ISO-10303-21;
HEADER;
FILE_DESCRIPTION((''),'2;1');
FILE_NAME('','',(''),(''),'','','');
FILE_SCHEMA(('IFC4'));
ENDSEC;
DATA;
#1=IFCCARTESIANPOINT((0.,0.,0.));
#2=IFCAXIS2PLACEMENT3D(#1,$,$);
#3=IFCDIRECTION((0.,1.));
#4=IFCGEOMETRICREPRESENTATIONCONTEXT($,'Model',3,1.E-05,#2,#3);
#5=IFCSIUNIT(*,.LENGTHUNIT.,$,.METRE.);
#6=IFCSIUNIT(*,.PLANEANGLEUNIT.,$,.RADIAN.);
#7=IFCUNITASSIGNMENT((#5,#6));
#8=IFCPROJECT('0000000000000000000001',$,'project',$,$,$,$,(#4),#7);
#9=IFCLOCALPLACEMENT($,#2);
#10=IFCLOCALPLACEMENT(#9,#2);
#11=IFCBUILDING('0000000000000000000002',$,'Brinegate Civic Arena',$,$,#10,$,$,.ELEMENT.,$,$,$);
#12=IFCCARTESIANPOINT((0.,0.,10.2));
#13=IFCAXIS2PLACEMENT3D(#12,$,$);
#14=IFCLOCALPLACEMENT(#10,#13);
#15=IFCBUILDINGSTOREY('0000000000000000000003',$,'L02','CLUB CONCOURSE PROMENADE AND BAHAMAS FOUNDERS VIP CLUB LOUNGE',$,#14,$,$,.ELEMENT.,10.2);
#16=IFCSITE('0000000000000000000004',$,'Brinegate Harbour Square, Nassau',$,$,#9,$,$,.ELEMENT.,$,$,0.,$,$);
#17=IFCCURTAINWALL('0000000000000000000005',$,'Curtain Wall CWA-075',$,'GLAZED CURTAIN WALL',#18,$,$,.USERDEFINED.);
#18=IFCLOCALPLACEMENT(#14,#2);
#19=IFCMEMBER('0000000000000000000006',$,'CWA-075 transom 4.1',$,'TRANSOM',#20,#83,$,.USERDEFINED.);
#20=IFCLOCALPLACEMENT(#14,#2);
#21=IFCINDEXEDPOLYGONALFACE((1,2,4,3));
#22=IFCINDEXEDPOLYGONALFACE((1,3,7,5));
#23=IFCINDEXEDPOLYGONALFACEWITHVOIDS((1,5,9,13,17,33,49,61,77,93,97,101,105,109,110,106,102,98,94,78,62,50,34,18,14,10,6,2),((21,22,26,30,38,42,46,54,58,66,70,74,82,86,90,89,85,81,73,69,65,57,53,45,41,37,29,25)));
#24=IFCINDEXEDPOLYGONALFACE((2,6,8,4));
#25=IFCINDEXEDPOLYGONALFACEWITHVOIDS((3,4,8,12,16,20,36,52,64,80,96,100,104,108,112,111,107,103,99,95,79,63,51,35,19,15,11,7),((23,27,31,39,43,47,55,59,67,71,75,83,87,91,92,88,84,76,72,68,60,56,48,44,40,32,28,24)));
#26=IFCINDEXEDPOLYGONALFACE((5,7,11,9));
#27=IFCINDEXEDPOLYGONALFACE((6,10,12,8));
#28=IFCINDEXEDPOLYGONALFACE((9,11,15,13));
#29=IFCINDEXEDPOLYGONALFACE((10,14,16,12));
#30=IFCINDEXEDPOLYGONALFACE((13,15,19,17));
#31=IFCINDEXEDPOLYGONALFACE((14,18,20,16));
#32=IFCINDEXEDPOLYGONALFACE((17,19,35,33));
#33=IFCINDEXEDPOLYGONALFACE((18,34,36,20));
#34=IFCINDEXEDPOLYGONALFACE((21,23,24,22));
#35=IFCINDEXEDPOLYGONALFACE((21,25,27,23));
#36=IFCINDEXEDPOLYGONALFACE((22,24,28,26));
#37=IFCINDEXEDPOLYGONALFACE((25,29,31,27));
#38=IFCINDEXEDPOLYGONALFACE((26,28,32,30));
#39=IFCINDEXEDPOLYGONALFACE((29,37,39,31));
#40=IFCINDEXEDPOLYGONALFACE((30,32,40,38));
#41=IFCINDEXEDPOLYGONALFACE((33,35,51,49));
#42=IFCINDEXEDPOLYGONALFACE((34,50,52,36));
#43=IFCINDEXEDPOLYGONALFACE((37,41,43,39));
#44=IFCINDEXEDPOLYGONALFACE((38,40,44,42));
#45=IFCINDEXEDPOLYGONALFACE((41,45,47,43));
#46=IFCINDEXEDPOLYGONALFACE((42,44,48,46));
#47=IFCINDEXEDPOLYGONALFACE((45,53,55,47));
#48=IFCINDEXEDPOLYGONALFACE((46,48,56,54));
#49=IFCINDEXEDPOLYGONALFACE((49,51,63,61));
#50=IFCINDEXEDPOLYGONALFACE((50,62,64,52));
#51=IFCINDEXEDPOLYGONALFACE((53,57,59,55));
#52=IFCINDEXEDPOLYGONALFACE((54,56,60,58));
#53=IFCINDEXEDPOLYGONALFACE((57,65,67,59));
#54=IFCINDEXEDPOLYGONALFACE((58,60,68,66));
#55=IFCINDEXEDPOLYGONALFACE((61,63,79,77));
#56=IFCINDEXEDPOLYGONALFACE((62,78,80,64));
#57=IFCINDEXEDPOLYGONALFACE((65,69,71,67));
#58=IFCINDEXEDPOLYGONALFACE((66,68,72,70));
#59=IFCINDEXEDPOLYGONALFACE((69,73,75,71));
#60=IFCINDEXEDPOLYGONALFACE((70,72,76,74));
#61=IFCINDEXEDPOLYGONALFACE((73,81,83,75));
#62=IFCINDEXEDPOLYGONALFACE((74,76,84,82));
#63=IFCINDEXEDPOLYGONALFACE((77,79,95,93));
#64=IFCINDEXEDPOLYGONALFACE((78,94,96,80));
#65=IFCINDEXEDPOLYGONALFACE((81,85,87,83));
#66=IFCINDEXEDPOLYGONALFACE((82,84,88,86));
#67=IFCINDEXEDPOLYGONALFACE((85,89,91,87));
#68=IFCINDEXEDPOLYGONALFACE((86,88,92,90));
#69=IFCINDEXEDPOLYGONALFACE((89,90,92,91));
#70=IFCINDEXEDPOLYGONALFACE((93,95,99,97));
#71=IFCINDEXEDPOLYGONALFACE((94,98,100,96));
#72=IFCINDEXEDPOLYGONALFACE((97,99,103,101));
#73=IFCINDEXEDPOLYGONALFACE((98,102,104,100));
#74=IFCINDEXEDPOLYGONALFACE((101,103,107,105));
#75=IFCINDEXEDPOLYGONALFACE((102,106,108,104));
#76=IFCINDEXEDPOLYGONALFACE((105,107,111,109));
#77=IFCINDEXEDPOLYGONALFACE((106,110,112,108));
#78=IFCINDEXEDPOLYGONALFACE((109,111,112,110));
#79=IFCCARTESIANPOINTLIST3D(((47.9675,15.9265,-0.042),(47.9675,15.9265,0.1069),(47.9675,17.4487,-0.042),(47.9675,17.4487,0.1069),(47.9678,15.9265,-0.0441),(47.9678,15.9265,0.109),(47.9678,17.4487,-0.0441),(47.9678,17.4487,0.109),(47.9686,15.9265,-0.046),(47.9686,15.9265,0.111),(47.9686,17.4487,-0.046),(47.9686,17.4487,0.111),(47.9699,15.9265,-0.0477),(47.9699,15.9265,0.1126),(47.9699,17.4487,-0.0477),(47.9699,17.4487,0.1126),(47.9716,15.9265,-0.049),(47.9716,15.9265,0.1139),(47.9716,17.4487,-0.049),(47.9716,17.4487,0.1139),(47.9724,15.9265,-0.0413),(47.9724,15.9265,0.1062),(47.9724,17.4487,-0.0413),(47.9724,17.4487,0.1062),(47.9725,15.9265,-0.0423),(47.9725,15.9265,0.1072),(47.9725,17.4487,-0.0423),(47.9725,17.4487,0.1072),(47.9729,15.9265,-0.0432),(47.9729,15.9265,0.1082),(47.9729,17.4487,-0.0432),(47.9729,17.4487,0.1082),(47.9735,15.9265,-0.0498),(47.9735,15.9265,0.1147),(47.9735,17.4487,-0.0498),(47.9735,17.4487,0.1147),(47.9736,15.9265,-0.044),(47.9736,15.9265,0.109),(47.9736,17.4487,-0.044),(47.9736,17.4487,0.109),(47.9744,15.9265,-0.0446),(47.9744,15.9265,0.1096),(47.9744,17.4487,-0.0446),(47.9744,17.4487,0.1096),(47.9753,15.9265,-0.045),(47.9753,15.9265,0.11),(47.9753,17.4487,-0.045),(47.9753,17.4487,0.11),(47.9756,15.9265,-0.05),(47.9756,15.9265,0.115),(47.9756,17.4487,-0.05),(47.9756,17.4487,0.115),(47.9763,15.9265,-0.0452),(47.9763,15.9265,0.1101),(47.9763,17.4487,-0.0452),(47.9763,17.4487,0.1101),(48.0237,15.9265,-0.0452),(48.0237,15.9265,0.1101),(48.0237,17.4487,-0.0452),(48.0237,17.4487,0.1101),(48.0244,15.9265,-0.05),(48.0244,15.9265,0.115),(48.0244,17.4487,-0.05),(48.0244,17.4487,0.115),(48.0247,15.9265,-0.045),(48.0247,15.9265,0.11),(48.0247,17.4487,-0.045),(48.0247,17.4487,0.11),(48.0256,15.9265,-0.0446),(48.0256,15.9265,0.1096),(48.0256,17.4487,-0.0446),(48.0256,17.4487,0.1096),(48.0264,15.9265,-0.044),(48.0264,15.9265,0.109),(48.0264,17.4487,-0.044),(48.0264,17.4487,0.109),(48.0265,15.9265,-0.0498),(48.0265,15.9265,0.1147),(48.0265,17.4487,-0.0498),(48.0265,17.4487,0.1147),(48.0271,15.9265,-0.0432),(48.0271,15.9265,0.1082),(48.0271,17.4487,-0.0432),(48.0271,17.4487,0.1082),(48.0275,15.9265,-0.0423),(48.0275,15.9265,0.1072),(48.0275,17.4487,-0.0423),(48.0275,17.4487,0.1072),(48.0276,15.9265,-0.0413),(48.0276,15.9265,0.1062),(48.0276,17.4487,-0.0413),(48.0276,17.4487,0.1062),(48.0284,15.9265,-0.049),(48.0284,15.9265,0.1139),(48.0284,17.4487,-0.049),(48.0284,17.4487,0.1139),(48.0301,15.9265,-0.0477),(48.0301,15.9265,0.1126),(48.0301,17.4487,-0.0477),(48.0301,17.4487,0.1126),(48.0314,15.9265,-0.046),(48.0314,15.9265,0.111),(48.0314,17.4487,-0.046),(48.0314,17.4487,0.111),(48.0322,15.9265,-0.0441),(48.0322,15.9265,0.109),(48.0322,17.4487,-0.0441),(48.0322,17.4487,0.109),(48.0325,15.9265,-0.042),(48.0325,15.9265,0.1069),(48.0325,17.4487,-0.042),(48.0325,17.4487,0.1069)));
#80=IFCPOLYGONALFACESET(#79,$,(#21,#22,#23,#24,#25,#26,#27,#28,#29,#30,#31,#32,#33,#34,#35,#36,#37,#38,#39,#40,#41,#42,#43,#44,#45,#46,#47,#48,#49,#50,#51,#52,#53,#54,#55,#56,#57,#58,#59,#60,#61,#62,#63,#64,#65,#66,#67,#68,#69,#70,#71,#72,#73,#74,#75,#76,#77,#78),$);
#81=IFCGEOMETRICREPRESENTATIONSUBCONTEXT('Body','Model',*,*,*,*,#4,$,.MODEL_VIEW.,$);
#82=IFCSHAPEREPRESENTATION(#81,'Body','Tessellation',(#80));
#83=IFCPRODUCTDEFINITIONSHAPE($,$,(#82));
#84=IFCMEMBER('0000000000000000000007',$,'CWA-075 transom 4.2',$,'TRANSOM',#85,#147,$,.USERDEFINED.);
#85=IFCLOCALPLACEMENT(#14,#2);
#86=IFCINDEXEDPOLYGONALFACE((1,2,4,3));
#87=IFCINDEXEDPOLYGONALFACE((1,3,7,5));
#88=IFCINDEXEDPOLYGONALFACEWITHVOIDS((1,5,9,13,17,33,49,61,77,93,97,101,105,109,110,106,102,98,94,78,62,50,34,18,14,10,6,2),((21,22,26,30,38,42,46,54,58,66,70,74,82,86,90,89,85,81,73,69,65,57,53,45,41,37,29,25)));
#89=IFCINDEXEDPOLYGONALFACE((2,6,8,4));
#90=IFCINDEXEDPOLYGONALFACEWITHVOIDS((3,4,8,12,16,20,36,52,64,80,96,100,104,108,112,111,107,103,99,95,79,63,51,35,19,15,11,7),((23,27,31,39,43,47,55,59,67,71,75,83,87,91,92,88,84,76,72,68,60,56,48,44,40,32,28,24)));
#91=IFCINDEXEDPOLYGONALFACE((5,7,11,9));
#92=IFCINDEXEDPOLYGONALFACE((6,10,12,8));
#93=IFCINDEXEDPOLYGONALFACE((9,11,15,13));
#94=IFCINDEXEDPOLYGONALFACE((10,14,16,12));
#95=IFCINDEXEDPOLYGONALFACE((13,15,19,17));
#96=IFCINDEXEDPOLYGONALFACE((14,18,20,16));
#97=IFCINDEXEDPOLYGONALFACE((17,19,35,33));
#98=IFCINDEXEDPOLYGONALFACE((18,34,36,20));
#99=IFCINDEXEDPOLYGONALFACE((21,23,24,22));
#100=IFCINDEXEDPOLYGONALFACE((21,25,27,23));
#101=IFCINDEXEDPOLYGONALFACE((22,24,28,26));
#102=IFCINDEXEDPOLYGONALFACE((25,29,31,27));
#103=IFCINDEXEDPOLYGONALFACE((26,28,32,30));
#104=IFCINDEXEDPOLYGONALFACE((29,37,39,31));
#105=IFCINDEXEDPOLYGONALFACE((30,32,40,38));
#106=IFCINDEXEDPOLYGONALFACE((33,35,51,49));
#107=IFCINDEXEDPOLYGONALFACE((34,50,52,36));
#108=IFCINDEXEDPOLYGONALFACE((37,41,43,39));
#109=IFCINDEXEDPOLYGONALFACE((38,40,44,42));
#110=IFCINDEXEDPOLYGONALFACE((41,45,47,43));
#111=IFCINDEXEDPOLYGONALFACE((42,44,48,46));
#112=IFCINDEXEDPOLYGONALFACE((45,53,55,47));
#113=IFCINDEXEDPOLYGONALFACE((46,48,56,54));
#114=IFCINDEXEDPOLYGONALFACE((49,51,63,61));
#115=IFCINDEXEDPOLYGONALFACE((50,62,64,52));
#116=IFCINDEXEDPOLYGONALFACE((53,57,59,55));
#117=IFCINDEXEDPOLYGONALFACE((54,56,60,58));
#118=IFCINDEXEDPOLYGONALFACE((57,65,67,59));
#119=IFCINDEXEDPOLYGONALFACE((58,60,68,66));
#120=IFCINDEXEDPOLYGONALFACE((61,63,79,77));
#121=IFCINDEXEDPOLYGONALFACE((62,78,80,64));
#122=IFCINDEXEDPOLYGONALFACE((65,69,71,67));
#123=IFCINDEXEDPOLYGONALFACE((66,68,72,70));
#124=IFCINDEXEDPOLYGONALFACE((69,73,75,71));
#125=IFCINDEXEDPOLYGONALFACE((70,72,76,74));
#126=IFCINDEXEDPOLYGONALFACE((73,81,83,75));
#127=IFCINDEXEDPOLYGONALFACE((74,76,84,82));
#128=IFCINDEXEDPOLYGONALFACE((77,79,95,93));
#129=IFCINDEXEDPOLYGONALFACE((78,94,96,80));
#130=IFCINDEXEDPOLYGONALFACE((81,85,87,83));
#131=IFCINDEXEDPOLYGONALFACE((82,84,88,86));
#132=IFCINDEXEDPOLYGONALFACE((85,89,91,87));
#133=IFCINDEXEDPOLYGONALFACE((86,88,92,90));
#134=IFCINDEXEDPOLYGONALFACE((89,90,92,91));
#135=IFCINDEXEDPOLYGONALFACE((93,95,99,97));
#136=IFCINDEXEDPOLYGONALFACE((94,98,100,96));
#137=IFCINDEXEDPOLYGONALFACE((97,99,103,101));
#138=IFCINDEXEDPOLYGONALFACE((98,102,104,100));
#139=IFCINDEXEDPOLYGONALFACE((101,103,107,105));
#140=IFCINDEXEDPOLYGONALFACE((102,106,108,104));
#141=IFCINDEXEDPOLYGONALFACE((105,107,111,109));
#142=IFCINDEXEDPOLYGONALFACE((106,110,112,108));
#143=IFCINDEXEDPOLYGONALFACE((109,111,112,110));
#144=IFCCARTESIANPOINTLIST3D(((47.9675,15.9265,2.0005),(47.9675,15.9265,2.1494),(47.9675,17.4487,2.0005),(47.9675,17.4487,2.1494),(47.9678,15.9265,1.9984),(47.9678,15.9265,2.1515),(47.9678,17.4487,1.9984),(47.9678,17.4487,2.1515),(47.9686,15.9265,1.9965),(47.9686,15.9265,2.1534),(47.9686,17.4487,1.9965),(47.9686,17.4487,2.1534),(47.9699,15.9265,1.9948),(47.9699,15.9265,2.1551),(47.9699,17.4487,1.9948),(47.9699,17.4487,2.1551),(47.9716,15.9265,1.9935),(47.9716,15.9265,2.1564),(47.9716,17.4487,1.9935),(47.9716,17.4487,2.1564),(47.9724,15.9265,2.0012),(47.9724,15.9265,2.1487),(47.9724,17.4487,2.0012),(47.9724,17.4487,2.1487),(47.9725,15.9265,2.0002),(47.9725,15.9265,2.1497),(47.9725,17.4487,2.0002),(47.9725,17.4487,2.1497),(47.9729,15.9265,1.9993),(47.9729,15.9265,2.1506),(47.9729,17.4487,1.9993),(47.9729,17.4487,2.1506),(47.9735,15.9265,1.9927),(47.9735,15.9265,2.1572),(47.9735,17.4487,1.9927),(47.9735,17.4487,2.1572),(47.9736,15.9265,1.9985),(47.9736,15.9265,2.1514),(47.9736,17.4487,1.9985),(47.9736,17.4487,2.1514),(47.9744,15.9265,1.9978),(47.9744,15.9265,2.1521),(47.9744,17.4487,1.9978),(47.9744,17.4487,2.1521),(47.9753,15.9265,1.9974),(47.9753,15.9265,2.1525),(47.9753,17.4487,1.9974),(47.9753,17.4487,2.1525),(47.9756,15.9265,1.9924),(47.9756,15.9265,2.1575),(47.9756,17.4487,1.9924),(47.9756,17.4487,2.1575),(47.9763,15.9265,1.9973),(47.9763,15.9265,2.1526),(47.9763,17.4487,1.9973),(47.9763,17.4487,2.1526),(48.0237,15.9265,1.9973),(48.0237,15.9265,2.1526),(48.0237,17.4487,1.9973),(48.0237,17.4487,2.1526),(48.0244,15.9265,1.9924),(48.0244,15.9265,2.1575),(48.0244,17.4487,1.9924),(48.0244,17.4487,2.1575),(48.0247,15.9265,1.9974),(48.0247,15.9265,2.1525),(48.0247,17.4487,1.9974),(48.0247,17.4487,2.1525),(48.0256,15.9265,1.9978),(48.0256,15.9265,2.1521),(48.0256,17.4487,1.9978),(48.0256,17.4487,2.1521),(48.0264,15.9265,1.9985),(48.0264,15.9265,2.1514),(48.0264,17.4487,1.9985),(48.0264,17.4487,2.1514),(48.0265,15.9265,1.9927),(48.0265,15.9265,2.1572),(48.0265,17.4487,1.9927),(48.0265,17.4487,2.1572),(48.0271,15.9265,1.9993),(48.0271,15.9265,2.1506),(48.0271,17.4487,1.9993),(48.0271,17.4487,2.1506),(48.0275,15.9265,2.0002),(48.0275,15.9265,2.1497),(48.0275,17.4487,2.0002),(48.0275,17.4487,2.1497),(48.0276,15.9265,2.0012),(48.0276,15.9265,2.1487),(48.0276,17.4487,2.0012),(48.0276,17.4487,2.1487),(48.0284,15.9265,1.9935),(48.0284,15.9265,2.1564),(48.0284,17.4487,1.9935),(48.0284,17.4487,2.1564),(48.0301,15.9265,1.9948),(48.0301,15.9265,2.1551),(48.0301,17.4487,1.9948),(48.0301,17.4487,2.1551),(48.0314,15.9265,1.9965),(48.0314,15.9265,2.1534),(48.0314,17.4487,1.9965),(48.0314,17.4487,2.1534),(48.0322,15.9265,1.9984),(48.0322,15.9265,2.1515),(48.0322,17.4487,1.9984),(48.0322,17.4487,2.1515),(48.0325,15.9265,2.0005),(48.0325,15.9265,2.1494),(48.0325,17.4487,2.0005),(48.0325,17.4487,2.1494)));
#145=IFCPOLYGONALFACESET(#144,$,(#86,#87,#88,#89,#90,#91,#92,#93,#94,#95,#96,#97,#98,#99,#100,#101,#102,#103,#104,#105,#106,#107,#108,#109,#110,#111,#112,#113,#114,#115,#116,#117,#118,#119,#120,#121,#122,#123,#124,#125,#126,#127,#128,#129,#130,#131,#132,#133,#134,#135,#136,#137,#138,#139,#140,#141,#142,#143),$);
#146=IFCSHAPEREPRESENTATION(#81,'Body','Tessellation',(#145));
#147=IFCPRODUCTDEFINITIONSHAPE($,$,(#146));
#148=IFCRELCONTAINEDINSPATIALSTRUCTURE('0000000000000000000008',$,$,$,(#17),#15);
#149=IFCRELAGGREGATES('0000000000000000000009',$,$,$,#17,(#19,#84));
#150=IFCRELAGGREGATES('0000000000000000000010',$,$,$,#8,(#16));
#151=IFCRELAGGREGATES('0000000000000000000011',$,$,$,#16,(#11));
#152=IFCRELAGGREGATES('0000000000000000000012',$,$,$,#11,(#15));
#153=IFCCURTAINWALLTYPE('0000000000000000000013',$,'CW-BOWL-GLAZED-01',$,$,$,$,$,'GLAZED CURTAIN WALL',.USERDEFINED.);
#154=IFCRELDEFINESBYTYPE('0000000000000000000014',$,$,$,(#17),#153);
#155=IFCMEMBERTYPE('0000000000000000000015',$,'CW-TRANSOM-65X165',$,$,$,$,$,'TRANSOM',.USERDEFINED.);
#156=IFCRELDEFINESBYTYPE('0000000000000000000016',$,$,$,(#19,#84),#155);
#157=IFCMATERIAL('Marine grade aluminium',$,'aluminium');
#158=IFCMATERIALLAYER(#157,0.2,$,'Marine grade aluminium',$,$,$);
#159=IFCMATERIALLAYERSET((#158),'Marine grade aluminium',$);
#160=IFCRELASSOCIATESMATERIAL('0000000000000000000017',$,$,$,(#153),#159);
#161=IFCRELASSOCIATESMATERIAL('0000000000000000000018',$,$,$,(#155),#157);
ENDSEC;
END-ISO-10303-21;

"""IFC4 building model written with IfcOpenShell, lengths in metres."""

from ifc_helpers import new_model, si_unit, direction, frame, origin, origin_2d, place, context, subcontext, project, spatial, hollow_rectangle, extrude, material, layer, layer_set, material_profile, profile_set, type_object, element, aggregate, save


model = new_model("IFC4")

# Units and contexts
model_context = context("Model", 3, precision=1e-05, world=origin(), true_north=direction((0.0, 1.0)))
body_context = subcontext(model_context, "Body", "Model", "MODEL_VIEW")
ifc_project = project(units=[si_unit("LENGTHUNIT", "METRE"), si_unit("PLANEANGLEUNIT", "RADIAN")], contexts=[model_context])

# Site, building, storey
site_placement = place(None, origin())
site = spatial("IfcSite", under=ifc_project, at=site_placement, Name="Brinegate Harbour Square, Nassau", CompositionType="ELEMENT", RefElevation=0.0)
building_placement = place(site_placement, origin())
building = spatial("IfcBuilding", under=site, at=building_placement, Name="Brinegate Civic Arena", CompositionType="ELEMENT")
storey_placement = place(building_placement, frame((0.0, 0.0, 10.2)))
storey = spatial("IfcBuildingStorey", under=building, at=storey_placement, Name="L02", Description="CLUB CONCOURSE PROMENADE AND BAHAMAS FOUNDERS VIP CLUB LOUNGE", CompositionType="ELEMENT", Elevation=10.2)

# Curtain wall, members
ifc_material_1 = material(Name="Marine grade aluminium", Category="aluminium")
ifc_layer_1 = layer(ifc_material_1, 0.2, Name="Marine grade aluminium")
ifc_layer_set_1 = layer_set([ifc_layer_1], Name="Marine grade aluminium")
curtain_wall_type = type_object("IfcCurtainWallType", Name="CW-BOWL-GLAZED-01", ElementType="GLAZED CURTAIN WALL", PredefinedType="USERDEFINED", material=ifc_layer_set_1)
curtain_wall_placement = place(storey_placement, origin())
curtain_wall = element("IfcCurtainWall", 1, at=curtain_wall_placement, inside=storey, type_object=curtain_wall_type, Name="Curtain Wall CWA-075", ObjectType="GLAZED CURTAIN WALL", PredefinedType="USERDEFINED")
ifc_material_profile_1 = material_profile(ifc_material_1, hollow_rectangle(XDim=0.0649, YDim=0.165, WallThickness=0.0049, InnerFilletRadius=0.0039, OuterFilletRadius=0.0081, at=origin_2d()), Name="TRN65X165")
ifc_profile_set_1 = profile_set([ifc_material_profile_1], Name="Marine grade aluminium")
member_type_1 = type_object("IfcMemberType", Name="CW-TRANSOM-65X165", ElementType="TRANSOM", PredefinedType="USERDEFINED", material=ifc_profile_set_1)
member_1_placement = place(storey_placement, frame((48.0, 15.9265, 0.0325), z_axis=(0.0, 1.0, 0.0), x_axis=(-1.0, 0.0, 0.0)))
member_1 = element("IfcMember", 2, at=member_1_placement, type_object=member_type_1, Name="CWA-075 transom 4.1", ObjectType="TRANSOM", PredefinedType="USERDEFINED", context=body_context, shape_type="SweptSolid", body=[
    extrude(hollow_rectangle(XDim=0.0649, YDim=0.165, WallThickness=0.0049, InnerFilletRadius=0.0039, OuterFilletRadius=0.0081, at=origin_2d()), origin(), (0.0, 0.0, 1.0), 1.5222),
])
member_2_placement = place(storey_placement, frame((48.0, 15.9265, 2.075), z_axis=(0.0, 1.0, 0.0), x_axis=(-1.0, 0.0, 0.0)))
member_2 = element("IfcMember", 3, at=member_2_placement, type_object=member_type_1, Name="CWA-075 transom 4.2", ObjectType="TRANSOM", PredefinedType="USERDEFINED", context=body_context, shape_type="SweptSolid", body=[
    extrude(hollow_rectangle(XDim=0.0649, YDim=0.165, WallThickness=0.0049, InnerFilletRadius=0.0039, OuterFilletRadius=0.0081, at=origin_2d()), origin(), (0.0, 0.0, 1.0), 1.5222),
])
aggregate(curtain_wall, [member_1, member_2])

save(model, "model.ifc")
